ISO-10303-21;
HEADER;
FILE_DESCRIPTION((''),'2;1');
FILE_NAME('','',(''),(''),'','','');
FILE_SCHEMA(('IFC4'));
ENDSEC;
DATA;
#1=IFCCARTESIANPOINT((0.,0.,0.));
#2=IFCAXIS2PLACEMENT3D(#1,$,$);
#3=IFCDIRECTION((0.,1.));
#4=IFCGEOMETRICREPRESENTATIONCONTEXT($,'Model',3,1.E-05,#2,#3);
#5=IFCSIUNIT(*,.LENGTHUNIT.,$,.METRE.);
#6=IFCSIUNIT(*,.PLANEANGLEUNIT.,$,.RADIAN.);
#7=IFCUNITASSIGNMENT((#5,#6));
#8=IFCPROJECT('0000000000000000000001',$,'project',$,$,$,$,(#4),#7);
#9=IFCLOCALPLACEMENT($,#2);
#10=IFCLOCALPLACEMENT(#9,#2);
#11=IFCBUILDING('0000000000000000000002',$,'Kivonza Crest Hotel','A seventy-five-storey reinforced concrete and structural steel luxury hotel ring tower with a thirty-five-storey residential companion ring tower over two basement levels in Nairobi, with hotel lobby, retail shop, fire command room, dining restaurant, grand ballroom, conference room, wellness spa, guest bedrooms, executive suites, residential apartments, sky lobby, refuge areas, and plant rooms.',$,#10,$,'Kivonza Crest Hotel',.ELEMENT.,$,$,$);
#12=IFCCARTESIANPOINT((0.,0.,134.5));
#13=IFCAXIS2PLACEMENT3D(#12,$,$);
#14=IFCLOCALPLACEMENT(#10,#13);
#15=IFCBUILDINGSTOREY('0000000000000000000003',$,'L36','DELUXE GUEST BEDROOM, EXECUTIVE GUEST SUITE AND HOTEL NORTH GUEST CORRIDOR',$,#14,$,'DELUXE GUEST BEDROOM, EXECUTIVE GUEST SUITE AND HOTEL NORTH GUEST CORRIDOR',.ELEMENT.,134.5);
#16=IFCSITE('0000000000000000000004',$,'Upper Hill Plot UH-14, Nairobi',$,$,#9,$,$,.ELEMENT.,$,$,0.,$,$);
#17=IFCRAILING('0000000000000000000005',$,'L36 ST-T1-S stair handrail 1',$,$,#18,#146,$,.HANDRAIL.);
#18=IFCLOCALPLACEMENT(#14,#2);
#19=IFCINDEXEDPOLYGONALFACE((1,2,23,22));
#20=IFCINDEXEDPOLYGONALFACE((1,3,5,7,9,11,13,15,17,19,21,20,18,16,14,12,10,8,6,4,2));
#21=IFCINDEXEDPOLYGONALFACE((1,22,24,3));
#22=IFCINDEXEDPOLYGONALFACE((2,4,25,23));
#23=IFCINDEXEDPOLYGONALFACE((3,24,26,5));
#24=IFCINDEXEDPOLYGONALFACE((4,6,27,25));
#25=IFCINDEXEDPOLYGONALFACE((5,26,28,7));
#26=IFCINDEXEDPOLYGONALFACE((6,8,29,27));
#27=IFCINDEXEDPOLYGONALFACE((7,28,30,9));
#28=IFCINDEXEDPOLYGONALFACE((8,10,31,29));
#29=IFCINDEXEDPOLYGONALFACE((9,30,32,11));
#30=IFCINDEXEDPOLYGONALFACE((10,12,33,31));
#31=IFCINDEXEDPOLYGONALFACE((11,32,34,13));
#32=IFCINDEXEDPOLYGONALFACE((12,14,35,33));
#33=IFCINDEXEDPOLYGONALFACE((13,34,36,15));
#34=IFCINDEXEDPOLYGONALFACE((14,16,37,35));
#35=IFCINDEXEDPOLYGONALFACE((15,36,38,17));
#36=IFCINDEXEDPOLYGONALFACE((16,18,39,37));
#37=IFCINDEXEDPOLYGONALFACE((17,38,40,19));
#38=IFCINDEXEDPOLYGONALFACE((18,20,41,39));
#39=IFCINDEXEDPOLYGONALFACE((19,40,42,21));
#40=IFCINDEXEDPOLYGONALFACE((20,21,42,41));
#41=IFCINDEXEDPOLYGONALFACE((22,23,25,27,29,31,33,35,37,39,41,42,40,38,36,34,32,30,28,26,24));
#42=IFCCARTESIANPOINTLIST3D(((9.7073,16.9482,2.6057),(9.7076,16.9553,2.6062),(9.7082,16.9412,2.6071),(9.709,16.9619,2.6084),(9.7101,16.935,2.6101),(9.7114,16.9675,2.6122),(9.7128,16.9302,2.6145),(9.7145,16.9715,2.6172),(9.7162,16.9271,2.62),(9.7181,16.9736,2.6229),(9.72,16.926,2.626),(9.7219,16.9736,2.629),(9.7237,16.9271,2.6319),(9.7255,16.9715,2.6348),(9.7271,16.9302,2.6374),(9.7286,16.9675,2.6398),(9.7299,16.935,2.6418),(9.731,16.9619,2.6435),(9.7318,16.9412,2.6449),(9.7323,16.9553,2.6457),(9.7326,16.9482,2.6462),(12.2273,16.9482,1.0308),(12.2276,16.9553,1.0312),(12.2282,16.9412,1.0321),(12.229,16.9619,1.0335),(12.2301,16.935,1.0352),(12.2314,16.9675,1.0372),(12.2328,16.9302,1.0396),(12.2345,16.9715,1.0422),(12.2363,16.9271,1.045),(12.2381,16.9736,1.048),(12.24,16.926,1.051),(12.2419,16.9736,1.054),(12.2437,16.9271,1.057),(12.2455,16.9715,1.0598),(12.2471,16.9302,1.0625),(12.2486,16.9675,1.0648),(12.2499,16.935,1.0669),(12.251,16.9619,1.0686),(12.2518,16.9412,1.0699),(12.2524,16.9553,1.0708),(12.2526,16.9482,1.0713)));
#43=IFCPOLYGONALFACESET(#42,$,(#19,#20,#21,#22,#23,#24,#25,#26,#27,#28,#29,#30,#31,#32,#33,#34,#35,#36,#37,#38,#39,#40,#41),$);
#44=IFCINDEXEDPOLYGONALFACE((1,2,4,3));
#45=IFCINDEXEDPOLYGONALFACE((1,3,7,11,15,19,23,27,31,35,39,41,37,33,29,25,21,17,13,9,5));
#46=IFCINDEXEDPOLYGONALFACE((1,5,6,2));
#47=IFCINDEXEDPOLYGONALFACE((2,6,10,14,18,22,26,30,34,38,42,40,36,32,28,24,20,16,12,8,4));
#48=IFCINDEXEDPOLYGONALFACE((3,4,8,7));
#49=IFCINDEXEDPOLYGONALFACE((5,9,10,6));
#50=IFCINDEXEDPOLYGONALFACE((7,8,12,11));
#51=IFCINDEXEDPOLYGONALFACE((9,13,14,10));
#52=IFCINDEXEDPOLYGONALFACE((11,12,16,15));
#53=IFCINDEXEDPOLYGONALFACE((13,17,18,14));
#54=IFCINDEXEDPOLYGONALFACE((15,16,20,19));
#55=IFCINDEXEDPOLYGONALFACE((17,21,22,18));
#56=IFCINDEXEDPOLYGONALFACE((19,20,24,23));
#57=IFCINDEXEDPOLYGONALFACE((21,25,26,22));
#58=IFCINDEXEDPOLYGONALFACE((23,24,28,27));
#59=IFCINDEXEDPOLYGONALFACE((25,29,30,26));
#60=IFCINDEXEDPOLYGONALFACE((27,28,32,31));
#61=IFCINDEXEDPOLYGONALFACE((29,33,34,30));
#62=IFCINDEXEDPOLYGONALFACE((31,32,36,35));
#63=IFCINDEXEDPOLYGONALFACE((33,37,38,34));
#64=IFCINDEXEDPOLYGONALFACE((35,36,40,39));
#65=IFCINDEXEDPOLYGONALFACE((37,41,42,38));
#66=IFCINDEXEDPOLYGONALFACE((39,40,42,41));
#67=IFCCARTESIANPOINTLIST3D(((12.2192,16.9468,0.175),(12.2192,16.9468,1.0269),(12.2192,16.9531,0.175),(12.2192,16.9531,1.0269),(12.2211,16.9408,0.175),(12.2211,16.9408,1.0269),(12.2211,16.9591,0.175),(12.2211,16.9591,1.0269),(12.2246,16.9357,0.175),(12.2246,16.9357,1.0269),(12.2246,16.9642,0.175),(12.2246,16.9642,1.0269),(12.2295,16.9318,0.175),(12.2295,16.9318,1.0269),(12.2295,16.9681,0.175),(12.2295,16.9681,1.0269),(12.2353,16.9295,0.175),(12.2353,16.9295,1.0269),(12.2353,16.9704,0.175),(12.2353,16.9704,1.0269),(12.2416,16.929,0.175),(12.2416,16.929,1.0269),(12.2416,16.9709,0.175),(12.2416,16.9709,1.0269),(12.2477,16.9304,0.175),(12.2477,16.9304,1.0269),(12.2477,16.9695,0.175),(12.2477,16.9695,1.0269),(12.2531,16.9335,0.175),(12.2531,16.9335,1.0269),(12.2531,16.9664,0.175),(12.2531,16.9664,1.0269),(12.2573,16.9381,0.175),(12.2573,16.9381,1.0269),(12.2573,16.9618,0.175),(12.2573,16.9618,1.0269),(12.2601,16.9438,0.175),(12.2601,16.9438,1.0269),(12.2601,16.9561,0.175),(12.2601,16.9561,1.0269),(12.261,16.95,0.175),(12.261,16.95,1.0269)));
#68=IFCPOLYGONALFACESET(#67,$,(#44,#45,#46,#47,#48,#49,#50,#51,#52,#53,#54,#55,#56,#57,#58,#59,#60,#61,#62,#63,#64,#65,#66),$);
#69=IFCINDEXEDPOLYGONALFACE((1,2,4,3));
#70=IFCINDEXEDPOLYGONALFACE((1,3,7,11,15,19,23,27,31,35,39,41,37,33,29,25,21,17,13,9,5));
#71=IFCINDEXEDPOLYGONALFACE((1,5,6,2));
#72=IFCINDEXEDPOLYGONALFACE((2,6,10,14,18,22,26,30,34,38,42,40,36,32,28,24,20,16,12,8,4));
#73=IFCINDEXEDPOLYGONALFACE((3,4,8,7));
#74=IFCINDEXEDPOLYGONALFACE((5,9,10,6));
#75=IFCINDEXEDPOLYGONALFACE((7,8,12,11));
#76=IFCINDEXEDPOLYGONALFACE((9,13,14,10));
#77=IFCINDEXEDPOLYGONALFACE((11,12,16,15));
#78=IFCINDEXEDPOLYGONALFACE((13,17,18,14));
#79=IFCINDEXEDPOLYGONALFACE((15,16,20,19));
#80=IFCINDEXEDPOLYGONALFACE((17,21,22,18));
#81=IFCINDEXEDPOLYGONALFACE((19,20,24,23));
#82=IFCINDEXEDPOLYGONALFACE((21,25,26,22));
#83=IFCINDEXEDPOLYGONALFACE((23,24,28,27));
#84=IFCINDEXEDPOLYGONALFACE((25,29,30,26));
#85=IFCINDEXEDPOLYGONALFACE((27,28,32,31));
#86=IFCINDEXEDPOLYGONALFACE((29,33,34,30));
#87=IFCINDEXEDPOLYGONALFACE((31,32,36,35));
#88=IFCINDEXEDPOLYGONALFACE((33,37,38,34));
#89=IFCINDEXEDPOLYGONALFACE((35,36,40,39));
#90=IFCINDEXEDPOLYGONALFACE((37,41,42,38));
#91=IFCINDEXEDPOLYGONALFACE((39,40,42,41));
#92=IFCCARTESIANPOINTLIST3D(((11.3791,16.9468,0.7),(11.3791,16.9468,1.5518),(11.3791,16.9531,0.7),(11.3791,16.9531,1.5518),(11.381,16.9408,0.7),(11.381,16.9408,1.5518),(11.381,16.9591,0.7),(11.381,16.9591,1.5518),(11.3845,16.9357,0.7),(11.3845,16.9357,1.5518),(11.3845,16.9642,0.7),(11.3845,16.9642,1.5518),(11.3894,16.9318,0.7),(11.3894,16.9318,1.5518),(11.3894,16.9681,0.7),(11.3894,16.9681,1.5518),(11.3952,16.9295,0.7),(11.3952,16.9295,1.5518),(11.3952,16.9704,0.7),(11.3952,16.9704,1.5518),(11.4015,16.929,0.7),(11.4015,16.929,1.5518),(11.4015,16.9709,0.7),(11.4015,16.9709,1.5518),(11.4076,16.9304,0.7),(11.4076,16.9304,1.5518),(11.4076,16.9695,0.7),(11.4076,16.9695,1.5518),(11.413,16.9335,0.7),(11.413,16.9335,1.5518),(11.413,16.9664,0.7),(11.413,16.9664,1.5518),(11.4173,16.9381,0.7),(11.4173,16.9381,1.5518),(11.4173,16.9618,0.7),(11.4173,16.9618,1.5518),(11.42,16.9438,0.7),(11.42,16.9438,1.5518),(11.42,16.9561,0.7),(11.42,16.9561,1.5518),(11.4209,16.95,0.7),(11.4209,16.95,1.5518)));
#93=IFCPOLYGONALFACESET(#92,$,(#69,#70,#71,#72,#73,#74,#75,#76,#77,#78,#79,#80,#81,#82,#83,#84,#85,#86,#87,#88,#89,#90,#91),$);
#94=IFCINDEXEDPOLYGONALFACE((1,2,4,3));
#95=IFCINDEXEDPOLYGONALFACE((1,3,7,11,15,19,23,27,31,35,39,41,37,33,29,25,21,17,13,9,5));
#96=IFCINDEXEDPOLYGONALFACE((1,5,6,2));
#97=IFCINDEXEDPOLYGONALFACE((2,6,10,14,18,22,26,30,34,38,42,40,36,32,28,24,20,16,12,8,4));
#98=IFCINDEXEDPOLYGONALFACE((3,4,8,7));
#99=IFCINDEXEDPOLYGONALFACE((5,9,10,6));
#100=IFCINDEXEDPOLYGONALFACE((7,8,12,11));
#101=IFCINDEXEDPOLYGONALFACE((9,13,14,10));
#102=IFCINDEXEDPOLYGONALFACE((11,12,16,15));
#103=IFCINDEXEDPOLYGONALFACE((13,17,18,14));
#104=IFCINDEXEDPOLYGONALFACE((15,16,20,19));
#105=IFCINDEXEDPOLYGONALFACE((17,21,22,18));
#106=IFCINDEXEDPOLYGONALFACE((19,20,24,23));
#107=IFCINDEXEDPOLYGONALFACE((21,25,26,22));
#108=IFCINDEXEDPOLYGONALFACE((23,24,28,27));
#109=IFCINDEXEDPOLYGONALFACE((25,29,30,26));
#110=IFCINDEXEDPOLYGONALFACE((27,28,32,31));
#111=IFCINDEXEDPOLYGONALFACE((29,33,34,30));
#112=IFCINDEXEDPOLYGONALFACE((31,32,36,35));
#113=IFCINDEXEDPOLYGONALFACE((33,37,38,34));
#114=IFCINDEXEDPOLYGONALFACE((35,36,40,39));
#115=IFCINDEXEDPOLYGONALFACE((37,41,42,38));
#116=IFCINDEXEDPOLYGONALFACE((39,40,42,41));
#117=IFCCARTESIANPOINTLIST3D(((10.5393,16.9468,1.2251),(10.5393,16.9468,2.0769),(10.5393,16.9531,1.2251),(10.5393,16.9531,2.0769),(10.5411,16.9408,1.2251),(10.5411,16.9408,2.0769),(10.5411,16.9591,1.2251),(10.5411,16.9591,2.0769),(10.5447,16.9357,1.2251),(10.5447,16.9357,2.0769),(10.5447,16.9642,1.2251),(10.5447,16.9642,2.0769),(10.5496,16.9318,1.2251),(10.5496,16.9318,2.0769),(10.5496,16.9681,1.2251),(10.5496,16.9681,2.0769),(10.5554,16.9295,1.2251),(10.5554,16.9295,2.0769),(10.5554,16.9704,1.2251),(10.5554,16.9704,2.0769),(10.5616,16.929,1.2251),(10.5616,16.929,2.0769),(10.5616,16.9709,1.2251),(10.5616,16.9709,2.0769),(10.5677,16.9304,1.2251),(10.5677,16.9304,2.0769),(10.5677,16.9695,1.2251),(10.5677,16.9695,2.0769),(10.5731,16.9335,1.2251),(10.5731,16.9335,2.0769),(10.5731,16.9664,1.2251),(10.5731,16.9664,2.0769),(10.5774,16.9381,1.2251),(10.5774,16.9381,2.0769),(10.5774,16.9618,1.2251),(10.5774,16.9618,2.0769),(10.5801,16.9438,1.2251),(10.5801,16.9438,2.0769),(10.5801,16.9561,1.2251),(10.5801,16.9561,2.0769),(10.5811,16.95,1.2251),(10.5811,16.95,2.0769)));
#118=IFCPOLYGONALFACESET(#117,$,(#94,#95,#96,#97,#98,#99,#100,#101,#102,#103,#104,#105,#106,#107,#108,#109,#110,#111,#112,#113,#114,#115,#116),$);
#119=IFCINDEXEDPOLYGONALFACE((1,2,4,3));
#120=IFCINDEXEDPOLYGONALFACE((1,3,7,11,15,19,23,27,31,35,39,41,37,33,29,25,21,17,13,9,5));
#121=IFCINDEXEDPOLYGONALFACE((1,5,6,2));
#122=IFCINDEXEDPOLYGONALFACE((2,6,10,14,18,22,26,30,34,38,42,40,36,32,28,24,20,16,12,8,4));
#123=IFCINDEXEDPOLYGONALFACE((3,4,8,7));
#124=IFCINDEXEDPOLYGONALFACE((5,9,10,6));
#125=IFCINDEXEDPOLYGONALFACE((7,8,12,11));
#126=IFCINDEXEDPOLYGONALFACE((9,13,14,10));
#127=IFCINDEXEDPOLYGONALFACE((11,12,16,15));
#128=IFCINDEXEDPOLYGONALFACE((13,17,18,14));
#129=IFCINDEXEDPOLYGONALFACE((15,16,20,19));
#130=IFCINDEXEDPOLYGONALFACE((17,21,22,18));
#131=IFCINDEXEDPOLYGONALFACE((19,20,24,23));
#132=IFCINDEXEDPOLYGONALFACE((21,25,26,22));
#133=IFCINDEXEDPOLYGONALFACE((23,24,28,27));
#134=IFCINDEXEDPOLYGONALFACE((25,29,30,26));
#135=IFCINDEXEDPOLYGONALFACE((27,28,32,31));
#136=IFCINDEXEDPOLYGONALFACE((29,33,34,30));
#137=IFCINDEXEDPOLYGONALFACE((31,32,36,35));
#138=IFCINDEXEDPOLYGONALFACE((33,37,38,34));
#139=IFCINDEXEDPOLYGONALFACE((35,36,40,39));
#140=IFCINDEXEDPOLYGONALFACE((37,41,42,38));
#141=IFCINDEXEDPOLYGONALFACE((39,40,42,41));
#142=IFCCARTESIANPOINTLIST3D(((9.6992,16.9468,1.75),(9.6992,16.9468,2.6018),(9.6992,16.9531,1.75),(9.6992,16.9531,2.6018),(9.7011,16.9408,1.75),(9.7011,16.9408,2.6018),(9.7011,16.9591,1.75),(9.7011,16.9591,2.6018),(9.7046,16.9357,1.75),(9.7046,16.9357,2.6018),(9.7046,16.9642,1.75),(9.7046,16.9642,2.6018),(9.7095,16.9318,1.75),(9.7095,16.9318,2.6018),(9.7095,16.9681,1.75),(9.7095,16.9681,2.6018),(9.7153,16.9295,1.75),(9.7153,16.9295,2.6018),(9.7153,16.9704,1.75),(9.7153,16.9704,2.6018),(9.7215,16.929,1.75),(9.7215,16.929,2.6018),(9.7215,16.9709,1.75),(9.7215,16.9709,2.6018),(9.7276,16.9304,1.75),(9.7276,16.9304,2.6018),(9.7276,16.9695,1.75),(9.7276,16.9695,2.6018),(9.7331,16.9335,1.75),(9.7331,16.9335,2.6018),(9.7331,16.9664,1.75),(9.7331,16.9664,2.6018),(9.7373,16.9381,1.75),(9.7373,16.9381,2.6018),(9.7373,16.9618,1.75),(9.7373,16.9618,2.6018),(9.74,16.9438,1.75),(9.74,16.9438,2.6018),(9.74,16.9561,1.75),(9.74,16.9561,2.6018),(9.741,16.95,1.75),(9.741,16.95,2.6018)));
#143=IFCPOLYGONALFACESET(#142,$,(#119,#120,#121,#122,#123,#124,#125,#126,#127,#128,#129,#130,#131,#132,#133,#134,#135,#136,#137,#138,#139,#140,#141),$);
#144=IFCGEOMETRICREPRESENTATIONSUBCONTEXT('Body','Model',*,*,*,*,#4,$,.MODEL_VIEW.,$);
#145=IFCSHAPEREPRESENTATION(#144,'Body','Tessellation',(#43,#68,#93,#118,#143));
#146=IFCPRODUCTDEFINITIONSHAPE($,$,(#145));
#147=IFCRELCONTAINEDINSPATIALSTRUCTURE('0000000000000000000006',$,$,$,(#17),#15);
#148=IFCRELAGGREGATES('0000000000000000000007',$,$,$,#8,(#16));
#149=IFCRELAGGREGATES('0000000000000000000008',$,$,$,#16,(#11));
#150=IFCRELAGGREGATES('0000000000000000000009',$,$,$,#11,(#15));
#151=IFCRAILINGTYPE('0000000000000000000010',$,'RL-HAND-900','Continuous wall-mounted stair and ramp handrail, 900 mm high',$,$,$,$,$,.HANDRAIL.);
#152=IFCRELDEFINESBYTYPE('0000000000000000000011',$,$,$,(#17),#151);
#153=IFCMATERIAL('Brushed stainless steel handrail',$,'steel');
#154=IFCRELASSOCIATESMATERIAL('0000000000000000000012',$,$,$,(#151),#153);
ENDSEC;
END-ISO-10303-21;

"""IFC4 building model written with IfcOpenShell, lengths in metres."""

from ifc_helpers import new_model, si_unit, direction, frame, origin, origin_2d, place, context, subcontext, project, spatial, circle, extrude, material, type_object, element, save


model = new_model("IFC4")

# Units and contexts
model_context = context("Model", 3, precision=1e-05, world=origin(), true_north=direction((0.0, 1.0)))
body_context = subcontext(model_context, "Body", "Model", "MODEL_VIEW")
ifc_project = project(units=[si_unit("LENGTHUNIT", "METRE"), si_unit("PLANEANGLEUNIT", "RADIAN")], contexts=[model_context])

# Site, building, storey
site_placement = place(None, origin())
site = spatial("IfcSite", under=ifc_project, at=site_placement, Name="Upper Hill Plot UH-14, Nairobi", CompositionType="ELEMENT", RefElevation=0.0)
building_placement = place(site_placement, origin())
building = spatial("IfcBuilding", under=site, at=building_placement, Name="Kivonza Crest Hotel", Description="A seventy-five-storey reinforced concrete and structural steel luxury hotel ring tower with a thirty-five-storey residential companion ring tower over two basement levels in Nairobi, with hotel lobby, retail shop, fire command room, dining restaurant, grand ballroom, conference room, wellness spa, guest bedrooms, executive suites, residential apartments, sky lobby, refuge areas, and plant rooms.", LongName="Kivonza Crest Hotel", CompositionType="ELEMENT")
storey_placement = place(building_placement, frame((0.0, 0.0, 134.5)))
storey = spatial("IfcBuildingStorey", under=building, at=storey_placement, Name="L36", Description="DELUXE GUEST BEDROOM, EXECUTIVE GUEST SUITE AND HOTEL NORTH GUEST CORRIDOR", LongName="DELUXE GUEST BEDROOM, EXECUTIVE GUEST SUITE AND HOTEL NORTH GUEST CORRIDOR", CompositionType="ELEMENT", Elevation=134.5)

# Railing
ifc_material_1 = material(Name="Brushed stainless steel handrail", Category="steel")
railing_type_1 = type_object("IfcRailingType", Name="RL-HAND-900", Description="Continuous wall-mounted stair and ramp handrail, 900 mm high", PredefinedType="HANDRAIL", material=ifc_material_1)
railing_1_placement = place(storey_placement, frame((12.24, 16.95, 0.175)))
element("IfcRailing", 1, at=railing_1_placement, inside=storey, type_object=railing_type_1, Name="L36 ST-T1-S stair handrail 1", PredefinedType="HANDRAIL", context=body_context, shape_type="SweptSolid", body=[
    extrude(circle(Radius=0.0239, at=origin_2d()), frame((0.0, 0.0, 0.876), z_axis=(-0.848008, 0.0, 0.529984), x_axis=(0.0, -1.0, 0.0)), (0.0, 0.0, 1.0), 2.9717),
    extrude(circle(Radius=0.021, at=origin_2d()), origin(), (0.0, 0.0, 1.0), 0.8518),
    extrude(circle(Radius=0.021, at=origin_2d()), frame((-0.8401, 0.0, 0.5249)), (0.0, 0.0, 1.0), 0.8518),
    extrude(circle(Radius=0.021, at=origin_2d()), frame((-1.6799, 0.0, 1.05)), (0.0, 0.0, 1.0), 0.8518),
    extrude(circle(Radius=0.021, at=origin_2d()), frame((-2.52, 0.0, 1.575)), (0.0, 0.0, 1.0), 0.8518),
])

save(model, "model.ifc")
